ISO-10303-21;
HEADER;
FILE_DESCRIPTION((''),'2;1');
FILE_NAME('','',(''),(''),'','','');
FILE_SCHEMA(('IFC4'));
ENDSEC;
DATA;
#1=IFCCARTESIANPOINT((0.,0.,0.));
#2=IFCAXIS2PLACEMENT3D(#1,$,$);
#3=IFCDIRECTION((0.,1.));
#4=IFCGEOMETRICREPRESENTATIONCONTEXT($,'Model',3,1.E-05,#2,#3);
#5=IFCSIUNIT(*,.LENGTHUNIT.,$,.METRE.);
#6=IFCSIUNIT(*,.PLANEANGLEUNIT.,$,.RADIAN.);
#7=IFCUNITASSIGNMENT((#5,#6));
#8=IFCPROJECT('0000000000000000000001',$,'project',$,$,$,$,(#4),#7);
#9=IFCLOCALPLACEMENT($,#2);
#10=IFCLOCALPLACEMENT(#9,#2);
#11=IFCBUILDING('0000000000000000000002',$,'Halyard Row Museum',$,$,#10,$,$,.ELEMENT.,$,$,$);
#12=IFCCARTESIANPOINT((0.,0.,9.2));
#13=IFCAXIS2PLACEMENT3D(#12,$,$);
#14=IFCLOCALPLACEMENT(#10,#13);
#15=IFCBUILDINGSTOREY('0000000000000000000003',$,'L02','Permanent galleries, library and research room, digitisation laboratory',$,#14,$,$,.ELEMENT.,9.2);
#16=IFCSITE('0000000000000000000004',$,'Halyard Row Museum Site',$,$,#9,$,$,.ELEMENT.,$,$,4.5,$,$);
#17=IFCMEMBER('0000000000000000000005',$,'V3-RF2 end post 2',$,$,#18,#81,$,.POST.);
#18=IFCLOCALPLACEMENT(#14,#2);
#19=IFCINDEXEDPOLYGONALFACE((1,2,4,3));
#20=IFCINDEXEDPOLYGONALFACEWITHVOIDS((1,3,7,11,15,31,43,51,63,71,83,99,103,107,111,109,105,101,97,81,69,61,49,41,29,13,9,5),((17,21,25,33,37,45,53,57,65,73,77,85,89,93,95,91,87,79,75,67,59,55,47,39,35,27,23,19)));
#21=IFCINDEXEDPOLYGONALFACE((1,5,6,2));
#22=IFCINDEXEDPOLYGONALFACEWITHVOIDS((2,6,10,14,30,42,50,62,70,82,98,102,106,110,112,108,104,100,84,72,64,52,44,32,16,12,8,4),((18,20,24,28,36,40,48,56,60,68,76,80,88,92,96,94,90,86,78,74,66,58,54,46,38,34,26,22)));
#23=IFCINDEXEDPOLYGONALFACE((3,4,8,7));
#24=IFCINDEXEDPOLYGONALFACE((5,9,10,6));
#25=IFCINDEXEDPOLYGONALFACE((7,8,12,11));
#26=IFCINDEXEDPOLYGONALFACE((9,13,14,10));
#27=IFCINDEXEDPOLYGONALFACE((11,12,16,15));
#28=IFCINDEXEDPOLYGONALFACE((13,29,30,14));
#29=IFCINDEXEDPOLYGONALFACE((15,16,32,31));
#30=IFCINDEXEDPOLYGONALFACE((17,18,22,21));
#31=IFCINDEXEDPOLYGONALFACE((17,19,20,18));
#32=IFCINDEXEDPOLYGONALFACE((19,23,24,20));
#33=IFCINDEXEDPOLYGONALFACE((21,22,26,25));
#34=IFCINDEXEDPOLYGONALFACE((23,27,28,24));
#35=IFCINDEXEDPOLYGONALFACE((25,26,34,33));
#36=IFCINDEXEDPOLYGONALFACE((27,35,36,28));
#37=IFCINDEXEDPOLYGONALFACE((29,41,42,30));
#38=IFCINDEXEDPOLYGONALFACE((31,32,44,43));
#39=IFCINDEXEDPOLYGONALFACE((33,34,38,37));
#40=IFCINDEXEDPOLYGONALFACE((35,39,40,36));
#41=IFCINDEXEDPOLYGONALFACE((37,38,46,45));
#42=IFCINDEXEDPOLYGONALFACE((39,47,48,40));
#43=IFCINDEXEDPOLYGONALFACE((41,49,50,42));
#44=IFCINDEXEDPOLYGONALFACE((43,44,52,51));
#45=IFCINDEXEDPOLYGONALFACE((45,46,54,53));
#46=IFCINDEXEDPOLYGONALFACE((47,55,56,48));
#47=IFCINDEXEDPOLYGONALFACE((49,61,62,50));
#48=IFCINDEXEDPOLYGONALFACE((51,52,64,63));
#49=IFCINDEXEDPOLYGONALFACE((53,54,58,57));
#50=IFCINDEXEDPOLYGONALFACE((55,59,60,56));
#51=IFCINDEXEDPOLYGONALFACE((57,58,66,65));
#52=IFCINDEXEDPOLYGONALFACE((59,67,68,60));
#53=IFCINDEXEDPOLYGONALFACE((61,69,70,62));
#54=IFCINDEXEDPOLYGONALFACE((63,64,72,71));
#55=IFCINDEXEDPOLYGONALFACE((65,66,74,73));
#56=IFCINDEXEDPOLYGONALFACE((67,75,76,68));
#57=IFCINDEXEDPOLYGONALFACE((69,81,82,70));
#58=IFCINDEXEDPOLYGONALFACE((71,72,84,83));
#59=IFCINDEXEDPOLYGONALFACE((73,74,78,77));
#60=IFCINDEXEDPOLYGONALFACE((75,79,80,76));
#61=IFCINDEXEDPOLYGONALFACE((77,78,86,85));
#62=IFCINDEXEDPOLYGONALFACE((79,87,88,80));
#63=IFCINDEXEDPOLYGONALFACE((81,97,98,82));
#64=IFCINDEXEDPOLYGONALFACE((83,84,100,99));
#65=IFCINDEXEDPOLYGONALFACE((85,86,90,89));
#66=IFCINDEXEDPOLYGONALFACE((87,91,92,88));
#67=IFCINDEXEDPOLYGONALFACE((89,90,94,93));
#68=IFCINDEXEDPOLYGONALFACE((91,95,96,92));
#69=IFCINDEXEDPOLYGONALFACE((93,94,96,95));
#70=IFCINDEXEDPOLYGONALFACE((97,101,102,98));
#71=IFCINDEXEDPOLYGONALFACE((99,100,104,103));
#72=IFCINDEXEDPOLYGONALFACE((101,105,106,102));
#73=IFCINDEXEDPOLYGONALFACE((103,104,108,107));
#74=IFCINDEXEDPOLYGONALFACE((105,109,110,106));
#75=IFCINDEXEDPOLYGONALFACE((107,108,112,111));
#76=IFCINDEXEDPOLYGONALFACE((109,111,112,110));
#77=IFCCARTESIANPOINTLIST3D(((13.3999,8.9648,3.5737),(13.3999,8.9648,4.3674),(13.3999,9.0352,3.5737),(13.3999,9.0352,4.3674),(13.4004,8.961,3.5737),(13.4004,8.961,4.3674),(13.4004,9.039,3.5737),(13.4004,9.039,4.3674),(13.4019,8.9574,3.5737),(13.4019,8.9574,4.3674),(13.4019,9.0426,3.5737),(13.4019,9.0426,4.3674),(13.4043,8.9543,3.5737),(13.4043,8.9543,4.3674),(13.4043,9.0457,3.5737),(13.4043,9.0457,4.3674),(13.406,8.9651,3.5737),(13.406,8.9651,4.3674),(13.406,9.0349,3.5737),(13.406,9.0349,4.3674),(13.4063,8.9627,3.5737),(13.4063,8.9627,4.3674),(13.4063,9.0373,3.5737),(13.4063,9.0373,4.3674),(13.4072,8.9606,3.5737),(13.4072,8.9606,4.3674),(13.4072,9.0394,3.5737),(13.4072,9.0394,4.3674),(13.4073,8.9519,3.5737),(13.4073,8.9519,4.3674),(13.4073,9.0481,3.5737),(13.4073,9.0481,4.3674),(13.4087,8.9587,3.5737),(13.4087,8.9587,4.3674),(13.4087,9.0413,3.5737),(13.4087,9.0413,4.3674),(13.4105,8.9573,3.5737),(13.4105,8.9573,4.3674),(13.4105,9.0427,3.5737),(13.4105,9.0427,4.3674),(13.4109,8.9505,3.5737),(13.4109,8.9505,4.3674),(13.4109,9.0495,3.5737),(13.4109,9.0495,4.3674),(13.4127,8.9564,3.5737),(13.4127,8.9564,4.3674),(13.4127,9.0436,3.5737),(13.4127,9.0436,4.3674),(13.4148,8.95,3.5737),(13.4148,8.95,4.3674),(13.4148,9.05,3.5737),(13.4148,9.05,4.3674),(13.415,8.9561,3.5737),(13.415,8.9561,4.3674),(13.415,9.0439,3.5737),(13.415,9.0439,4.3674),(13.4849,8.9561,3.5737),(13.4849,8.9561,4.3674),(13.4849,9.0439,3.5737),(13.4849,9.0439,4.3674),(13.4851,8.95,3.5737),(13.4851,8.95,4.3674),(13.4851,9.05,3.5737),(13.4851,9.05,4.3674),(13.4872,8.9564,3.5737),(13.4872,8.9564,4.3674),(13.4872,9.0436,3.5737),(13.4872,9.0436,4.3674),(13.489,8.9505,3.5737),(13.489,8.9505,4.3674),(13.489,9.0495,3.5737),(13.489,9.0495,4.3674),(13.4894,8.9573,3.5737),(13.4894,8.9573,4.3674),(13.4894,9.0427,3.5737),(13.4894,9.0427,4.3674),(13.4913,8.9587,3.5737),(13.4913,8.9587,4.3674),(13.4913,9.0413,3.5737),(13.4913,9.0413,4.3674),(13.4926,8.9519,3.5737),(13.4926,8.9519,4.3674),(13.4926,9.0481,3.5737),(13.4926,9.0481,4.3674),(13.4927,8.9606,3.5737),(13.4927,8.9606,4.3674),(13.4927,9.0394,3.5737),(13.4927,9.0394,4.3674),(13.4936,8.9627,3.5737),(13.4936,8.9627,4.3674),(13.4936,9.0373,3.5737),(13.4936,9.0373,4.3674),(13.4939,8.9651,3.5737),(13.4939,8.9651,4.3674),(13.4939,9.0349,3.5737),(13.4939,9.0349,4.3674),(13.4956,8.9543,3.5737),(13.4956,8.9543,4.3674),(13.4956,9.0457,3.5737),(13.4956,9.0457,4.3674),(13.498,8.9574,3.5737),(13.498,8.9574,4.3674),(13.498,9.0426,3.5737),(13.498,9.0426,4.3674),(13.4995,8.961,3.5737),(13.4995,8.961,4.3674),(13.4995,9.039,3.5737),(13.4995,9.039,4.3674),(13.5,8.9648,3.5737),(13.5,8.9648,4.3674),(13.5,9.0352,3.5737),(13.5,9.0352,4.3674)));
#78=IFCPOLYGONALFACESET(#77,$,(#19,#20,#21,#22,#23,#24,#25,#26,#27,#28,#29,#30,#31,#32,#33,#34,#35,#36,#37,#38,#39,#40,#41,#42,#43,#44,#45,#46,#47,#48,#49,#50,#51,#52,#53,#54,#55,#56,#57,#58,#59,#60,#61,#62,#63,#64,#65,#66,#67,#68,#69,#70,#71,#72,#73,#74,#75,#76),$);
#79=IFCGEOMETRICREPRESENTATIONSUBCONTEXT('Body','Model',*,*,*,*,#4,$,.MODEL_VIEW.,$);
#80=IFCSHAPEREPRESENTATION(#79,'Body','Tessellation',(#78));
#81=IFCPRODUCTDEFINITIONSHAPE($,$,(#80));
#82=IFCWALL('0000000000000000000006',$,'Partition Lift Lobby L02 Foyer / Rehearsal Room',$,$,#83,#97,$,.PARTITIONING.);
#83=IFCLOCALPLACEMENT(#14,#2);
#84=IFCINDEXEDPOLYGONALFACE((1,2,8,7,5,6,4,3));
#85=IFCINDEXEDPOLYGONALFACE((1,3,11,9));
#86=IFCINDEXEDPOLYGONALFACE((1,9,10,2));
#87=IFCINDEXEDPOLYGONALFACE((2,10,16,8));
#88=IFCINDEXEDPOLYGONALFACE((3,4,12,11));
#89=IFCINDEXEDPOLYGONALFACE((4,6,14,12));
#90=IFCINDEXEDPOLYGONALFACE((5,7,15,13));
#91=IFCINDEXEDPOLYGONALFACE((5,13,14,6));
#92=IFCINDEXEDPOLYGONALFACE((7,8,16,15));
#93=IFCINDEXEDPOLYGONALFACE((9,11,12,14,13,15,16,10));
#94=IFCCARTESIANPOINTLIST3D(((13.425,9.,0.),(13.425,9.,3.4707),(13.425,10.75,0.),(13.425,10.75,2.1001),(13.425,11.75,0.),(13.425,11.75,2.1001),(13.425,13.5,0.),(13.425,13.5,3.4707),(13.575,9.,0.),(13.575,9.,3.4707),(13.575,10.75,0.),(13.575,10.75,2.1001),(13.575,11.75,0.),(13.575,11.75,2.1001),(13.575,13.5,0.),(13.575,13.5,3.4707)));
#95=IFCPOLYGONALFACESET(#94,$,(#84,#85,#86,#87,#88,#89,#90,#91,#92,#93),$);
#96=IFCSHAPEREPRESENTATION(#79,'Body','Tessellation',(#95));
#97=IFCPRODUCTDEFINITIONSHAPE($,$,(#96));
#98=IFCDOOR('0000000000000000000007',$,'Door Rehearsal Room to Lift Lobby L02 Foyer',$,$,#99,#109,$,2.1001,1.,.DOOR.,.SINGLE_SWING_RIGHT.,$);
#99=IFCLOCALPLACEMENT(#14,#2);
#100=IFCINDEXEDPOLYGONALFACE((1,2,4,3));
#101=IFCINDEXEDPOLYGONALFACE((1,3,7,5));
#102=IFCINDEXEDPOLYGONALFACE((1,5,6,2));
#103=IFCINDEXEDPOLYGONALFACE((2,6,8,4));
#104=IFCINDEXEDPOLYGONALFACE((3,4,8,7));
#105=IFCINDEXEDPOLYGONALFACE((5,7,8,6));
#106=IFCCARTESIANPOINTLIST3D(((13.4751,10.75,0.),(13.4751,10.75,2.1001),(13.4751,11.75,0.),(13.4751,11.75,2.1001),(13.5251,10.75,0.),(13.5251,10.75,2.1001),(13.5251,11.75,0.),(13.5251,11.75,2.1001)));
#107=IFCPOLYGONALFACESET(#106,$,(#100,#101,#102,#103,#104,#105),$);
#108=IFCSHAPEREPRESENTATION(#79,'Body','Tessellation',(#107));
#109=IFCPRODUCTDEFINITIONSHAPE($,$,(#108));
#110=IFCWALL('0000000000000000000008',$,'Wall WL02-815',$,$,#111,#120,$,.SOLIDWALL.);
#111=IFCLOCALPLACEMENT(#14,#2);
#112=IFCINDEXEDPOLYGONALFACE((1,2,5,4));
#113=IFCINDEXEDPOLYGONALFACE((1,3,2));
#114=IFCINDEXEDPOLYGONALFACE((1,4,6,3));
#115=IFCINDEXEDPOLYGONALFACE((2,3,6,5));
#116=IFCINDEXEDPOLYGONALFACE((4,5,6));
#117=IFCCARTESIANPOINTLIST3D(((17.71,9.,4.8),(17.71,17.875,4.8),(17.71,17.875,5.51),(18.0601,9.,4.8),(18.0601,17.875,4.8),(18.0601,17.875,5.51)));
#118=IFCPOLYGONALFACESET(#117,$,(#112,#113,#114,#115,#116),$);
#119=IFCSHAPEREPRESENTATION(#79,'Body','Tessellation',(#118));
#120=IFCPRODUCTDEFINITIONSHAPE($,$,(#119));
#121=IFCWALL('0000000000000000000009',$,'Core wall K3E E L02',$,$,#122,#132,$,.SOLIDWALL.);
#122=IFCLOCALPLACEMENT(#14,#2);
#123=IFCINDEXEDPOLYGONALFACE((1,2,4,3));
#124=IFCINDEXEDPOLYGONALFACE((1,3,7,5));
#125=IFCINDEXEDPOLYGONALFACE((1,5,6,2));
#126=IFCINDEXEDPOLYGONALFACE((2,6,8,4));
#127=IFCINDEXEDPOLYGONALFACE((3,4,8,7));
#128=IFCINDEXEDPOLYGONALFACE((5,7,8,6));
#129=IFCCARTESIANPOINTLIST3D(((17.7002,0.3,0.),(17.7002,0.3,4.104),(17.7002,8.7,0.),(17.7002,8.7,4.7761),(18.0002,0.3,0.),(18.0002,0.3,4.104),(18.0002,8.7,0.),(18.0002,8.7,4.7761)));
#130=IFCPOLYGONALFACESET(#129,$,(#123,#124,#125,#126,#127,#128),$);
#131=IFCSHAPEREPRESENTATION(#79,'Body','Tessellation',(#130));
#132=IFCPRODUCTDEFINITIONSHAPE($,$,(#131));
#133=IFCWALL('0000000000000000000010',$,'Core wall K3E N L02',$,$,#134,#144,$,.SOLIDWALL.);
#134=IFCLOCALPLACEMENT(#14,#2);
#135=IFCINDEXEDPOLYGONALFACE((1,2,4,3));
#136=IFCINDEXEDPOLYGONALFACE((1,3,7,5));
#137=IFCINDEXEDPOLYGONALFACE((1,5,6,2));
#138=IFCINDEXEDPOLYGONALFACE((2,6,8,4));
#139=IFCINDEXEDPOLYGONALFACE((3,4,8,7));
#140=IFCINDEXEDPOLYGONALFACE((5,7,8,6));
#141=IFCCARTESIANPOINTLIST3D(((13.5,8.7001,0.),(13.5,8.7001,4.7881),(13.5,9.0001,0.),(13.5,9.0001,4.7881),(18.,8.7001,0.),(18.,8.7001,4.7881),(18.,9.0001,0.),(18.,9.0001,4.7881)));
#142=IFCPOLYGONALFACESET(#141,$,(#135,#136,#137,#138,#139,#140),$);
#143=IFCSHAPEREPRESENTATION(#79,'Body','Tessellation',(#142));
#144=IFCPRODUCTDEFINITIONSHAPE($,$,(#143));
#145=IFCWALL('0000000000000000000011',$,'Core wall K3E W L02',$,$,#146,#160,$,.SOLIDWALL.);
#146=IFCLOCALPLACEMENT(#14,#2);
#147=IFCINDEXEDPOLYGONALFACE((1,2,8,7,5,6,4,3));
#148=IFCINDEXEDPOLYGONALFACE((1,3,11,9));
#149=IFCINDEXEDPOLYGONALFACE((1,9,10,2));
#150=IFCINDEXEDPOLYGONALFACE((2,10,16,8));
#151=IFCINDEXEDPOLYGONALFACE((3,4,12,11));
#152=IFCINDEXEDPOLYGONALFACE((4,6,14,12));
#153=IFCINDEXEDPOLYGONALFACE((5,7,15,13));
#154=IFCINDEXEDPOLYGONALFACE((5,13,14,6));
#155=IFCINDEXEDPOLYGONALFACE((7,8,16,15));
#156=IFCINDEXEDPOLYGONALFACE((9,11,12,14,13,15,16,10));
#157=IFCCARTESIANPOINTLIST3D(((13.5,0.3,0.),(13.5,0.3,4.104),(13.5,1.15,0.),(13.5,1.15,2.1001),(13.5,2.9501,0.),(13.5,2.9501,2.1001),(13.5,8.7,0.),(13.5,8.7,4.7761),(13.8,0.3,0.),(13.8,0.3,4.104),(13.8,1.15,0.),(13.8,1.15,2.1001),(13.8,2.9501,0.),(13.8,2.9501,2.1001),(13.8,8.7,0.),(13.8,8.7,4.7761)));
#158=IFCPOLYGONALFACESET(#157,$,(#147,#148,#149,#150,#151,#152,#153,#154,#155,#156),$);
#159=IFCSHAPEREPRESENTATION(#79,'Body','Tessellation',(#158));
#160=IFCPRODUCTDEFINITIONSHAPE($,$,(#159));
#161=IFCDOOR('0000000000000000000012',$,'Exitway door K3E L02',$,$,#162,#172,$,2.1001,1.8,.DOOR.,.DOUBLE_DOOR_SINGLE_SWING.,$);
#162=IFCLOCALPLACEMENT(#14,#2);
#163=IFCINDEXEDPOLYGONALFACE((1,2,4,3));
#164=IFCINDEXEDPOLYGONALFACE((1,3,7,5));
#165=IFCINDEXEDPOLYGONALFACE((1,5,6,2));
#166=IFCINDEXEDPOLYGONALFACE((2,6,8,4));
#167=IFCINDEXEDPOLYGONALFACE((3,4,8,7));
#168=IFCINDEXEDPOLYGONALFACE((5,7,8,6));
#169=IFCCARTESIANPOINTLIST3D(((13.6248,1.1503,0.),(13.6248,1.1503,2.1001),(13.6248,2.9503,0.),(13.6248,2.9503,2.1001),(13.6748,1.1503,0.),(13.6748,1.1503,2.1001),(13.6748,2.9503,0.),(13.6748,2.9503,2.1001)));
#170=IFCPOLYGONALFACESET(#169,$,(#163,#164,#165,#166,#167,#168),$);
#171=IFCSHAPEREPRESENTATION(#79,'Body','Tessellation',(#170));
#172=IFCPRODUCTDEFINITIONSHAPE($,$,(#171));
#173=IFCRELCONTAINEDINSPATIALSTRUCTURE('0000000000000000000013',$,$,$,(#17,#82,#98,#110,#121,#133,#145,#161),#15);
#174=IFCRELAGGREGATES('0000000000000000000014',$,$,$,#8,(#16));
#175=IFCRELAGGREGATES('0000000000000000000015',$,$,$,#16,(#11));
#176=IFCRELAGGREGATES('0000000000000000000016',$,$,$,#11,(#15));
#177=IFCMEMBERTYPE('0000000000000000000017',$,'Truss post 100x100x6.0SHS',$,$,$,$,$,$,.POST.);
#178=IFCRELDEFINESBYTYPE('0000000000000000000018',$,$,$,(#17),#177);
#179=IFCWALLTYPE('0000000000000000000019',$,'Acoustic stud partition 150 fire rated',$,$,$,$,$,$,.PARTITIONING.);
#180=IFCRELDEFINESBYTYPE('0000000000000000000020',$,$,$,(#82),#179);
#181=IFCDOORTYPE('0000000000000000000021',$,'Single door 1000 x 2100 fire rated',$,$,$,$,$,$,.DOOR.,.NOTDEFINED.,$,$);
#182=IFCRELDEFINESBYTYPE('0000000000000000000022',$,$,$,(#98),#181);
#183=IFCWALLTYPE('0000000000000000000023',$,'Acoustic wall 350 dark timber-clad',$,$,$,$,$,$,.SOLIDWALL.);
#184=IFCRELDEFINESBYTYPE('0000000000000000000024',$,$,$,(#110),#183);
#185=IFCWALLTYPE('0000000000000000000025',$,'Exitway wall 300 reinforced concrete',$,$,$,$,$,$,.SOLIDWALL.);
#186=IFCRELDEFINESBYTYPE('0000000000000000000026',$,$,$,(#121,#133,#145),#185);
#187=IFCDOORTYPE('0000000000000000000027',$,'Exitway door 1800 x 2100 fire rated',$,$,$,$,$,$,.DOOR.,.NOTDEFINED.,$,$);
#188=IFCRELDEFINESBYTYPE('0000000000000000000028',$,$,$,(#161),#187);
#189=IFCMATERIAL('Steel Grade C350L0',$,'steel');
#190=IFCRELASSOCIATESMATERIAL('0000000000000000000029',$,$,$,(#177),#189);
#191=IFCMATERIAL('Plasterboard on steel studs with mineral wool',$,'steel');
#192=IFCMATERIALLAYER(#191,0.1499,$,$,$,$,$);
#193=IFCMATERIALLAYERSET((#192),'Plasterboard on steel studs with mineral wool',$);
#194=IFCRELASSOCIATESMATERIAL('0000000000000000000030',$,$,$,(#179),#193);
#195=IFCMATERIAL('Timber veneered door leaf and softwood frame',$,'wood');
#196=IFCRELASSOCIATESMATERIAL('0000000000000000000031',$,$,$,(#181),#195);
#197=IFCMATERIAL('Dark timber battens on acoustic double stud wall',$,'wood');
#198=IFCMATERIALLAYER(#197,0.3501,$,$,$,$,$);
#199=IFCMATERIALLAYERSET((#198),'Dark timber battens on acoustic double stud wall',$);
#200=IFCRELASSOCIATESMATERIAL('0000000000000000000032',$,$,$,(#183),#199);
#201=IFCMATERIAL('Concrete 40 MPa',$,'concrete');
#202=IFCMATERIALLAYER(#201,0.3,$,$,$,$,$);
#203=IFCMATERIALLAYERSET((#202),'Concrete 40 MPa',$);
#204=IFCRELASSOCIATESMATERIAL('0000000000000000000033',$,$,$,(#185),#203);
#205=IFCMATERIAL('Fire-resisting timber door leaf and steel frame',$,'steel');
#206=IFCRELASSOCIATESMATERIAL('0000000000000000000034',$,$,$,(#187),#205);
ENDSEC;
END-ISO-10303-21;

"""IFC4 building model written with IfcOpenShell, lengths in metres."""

from ifc_helpers import new_model, si_unit, direction, frame, frame_2d, origin, origin_2d, place, context, subcontext, project, spatial, polyline, rectangle, hollow_rectangle, outline, extrude, material, layer, layer_set, material_profile, profile_set, type_object, element, fill, save


model = new_model("IFC4")

# Units and contexts
model_context = context("Model", 3, precision=1e-05, world=origin(), true_north=direction((0.0, 1.0)))
body_context = subcontext(model_context, "Body", "Model", "MODEL_VIEW")
ifc_project = project(units=[si_unit("LENGTHUNIT", "METRE"), si_unit("PLANEANGLEUNIT", "RADIAN")], contexts=[model_context])

# Site, building, storey
site_placement = place(None, origin())
site = spatial("IfcSite", under=ifc_project, at=site_placement, Name="Halyard Row Museum Site", CompositionType="ELEMENT", RefElevation=4.5)
building_placement = place(site_placement, origin())
building = spatial("IfcBuilding", under=site, at=building_placement, Name="Halyard Row Museum", CompositionType="ELEMENT")
storey_placement = place(building_placement, frame((0.0, 0.0, 9.2)))
storey = spatial("IfcBuildingStorey", under=building, at=storey_placement, Name="L02", Description="Permanent galleries, library and research room, digitisation laboratory", CompositionType="ELEMENT", Elevation=9.2)

# Member
ifc_material_1 = material(Name="Steel Grade C350L0", Category="steel")
ifc_material_profile_1 = material_profile(ifc_material_1, hollow_rectangle(XDim=0.1001, YDim=0.1001, WallThickness=0.0061, InnerFilletRadius=0.009, OuterFilletRadius=0.0149, at=origin_2d()), Name="100x100x6.0SHS")
ifc_profile_set_1 = profile_set([ifc_material_profile_1], Name="Steel Grade C350L0")
member_type_1 = type_object("IfcMemberType", Name="Truss post 100x100x6.0SHS", PredefinedType="POST", material=ifc_profile_set_1)
member_1_placement = place(storey_placement, frame((13.45, 9.0, 3.5737), z_axis=(0.0, 0.0, 1.0), x_axis=(1.0, 0.0, 0.0)))
element("IfcMember", 1, at=member_1_placement, inside=storey, type_object=member_type_1, Name="V3-RF2 end post 2", PredefinedType="POST", context=body_context, shape_type="SweptSolid", body=[
    extrude(hollow_rectangle(XDim=0.1001, YDim=0.1001, WallThickness=0.0061, InnerFilletRadius=0.009, OuterFilletRadius=0.0149, at=origin_2d()), origin(), (0.0, 0.0, 1.0), 0.7937),
])

# Wall, opening, door
ifc_material_2 = material(Name="Plasterboard on steel studs with mineral wool", Category="steel")
ifc_layer_1 = layer(ifc_material_2, 0.1499)
ifc_layer_set_1 = layer_set([ifc_layer_1], Name="Plasterboard on steel studs with mineral wool")
wall_type_1 = type_object("IfcWallType", Name="Acoustic stud partition 150 fire rated", PredefinedType="PARTITIONING", material=ifc_layer_set_1)
wall_1_placement = place(storey_placement, frame((13.5, 9.0, 0.0), z_axis=(0.0, 0.0, 1.0), x_axis=(0.0, 1.0, 0.0)))
wall_1 = element("IfcWall", 2, at=wall_1_placement, inside=storey, type_object=wall_type_1, Name="Partition Lift Lobby L02 Foyer / Rehearsal Room", PredefinedType="PARTITIONING", context=body_context, shape_type="SweptSolid", body=[
    extrude(rectangle(XDim=4.5, YDim=0.1499, at=frame_2d((2.25, 0.0))), origin(), (0.0, 0.0, 1.0), 3.4707),
])
opening_1_placement = place(wall_1_placement, frame((1.75, 0.0, 0.0)))
opening_1 = element("IfcOpeningElement", 3, at=opening_1_placement, cuts=wall_1, PredefinedType="OPENING", context=body_context, shape_type="SweptSolid", body=[
    extrude(rectangle(XDim=1.0, YDim=2.1001, at=frame_2d((0.5, 1.05))), frame((0.0, 0.085, 0.0), z_axis=(0.0, -1.0, 0.0), x_axis=(1.0, 0.0, 0.0)), (0.0, 0.0, 1.0), 0.1699),
])
ifc_material_3 = material(Name="Timber veneered door leaf and softwood frame", Category="wood")
door_type_1 = type_object("IfcDoorType", Name="Single door 1000 x 2100 fire rated", OperationType="NOTDEFINED", PredefinedType="DOOR", material=ifc_material_3)
door_1_placement = place(opening_1_placement, origin())
door_1 = element("IfcDoor", 4, at=door_1_placement, inside=storey, type_object=door_type_1, Name="Door Rehearsal Room to Lift Lobby L02 Foyer", OperationType="SINGLE_SWING_RIGHT", OverallHeight=2.1001, OverallWidth=1.0, PredefinedType="DOOR", context=body_context, shape_type="SweptSolid", body=[
    extrude(rectangle(XDim=1.0, YDim=2.1001, at=frame_2d((0.5, 1.05))), frame((0.0, 0.0249, 0.0), z_axis=(0.0, -1.0, 0.0), x_axis=(1.0, 0.0, 0.0)), (0.0, 0.0, 1.0), 0.05),
])
fill(opening_1, door_1)

# Walls
ifc_material_4 = material(Name="Dark timber battens on acoustic double stud wall", Category="wood")
ifc_layer_2 = layer(ifc_material_4, 0.3501)
ifc_layer_set_2 = layer_set([ifc_layer_2], Name="Dark timber battens on acoustic double stud wall")
wall_type_2 = type_object("IfcWallType", Name="Acoustic wall 350 dark timber-clad", PredefinedType="SOLIDWALL", material=ifc_layer_set_2)
wall_2_placement = place(storey_placement, frame((17.885, 9.0, 4.8), z_axis=(0.0, 0.0, 1.0), x_axis=(0.0, 1.0, 0.0)))
element("IfcWall", 5, at=wall_2_placement, inside=storey, type_object=wall_type_2, Name="Wall WL02-815", PredefinedType="SOLIDWALL", context=body_context, shape_type="SweptSolid", body=[
    extrude(outline(polyline([(0.0, 0.0), (8.875, 0.0), (8.875, 0.71), (0.0, 0.0), (0.0, 0.0)])), frame((0.0, 0.175, 0.0), z_axis=(0.0, -1.0, 0.0), x_axis=(1.0, 0.0, 0.0)), (0.0, 0.0, 1.0), 0.3501),
])
ifc_material_5 = material(Name="Concrete 40 MPa", Category="concrete")
ifc_layer_3 = layer(ifc_material_5, 0.3)
ifc_layer_set_3 = layer_set([ifc_layer_3], Name="Concrete 40 MPa")
wall_type_3 = type_object("IfcWallType", Name="Exitway wall 300 reinforced concrete", PredefinedType="SOLIDWALL", material=ifc_layer_set_3)
wall_3_placement = place(storey_placement, frame((17.8501, 0.3, 0.0), z_axis=(0.0, 0.0, 1.0), x_axis=(0.0, 1.0, 0.0)))
element("IfcWall", 6, at=wall_3_placement, inside=storey, type_object=wall_type_3, Name="Core wall K3E E L02", PredefinedType="SOLIDWALL", context=body_context, shape_type="SweptSolid", body=[
    extrude(outline(polyline([(0.0, 0.0), (8.3999, 0.0), (8.3999, 4.7761), (0.0, 4.104), (0.0, 0.0)])), frame((0.0, 0.1499, 0.0), z_axis=(0.0, -1.0, 0.0), x_axis=(1.0, 0.0, 0.0)), (0.0, 0.0, 1.0), 0.3),
])
wall_4_placement = place(storey_placement, frame((13.5, 8.8501, 0.0), z_axis=(0.0, 0.0, 1.0), x_axis=(1.0, 0.0, 0.0)))
element("IfcWall", 7, at=wall_4_placement, inside=storey, type_object=wall_type_3, Name="Core wall K3E N L02", PredefinedType="SOLIDWALL", context=body_context, shape_type="SweptSolid", body=[
    extrude(rectangle(XDim=4.5, YDim=0.3, at=frame_2d((2.25, 0.0))), origin(), (0.0, 0.0, 1.0), 4.7881),
])

# Wall, opening, door
wall_5_placement = place(storey_placement, frame((13.6499, 0.3, 0.0), z_axis=(0.0, 0.0, 1.0), x_axis=(0.0, 1.0, 0.0)))
wall_5 = element("IfcWall", 8, at=wall_5_placement, inside=storey, type_object=wall_type_3, Name="Core wall K3E W L02", PredefinedType="SOLIDWALL", context=body_context, shape_type="SweptSolid", body=[
    extrude(outline(polyline([(0.0, 0.0), (8.3999, 0.0), (8.3999, 4.7761), (0.0, 4.104), (0.0, 0.0)])), frame((0.0, 0.1499, 0.0), z_axis=(0.0, -1.0, 0.0), x_axis=(1.0, 0.0, 0.0)), (0.0, 0.0, 1.0), 0.3),
])
opening_2_placement = place(wall_5_placement, frame((0.8501, 0.0, 0.0)))
opening_2 = element("IfcOpeningElement", 9, at=opening_2_placement, cuts=wall_5, PredefinedType="OPENING", context=body_context, shape_type="SweptSolid", body=[
    extrude(rectangle(XDim=1.8, YDim=2.1001, at=frame_2d((0.8999, 1.05))), frame((0.0, 0.1599, 0.0), z_axis=(0.0, -1.0, 0.0), x_axis=(1.0, 0.0, 0.0)), (0.0, 0.0, 1.0), 0.3201),
])
ifc_material_6 = material(Name="Fire-resisting timber door leaf and steel frame", Category="steel")
door_type_2 = type_object("IfcDoorType", Name="Exitway door 1800 x 2100 fire rated", OperationType="NOTDEFINED", PredefinedType="DOOR", material=ifc_material_6)
door_2_placement = place(opening_2_placement, frame((1.8, 0.0, 0.0), z_axis=(0.0, 0.0, 1.0), x_axis=(-1.0, 0.0, 0.0)))
door_2 = element("IfcDoor", 10, at=door_2_placement, inside=storey, type_object=door_type_2, Name="Exitway door K3E L02", OperationType="DOUBLE_DOOR_SINGLE_SWING", OverallHeight=2.1001, OverallWidth=1.8, PredefinedType="DOOR", context=body_context, shape_type="SweptSolid", body=[
    extrude(rectangle(XDim=1.8, YDim=2.1001, at=frame_2d((0.8999, 1.05))), frame((0.0, 0.0249, 0.0), z_axis=(0.0, -1.0, 0.0), x_axis=(1.0, 0.0, 0.0)), (0.0, 0.0, 1.0), 0.05),
])
fill(opening_2, door_2)

save(model, "model.ifc")
